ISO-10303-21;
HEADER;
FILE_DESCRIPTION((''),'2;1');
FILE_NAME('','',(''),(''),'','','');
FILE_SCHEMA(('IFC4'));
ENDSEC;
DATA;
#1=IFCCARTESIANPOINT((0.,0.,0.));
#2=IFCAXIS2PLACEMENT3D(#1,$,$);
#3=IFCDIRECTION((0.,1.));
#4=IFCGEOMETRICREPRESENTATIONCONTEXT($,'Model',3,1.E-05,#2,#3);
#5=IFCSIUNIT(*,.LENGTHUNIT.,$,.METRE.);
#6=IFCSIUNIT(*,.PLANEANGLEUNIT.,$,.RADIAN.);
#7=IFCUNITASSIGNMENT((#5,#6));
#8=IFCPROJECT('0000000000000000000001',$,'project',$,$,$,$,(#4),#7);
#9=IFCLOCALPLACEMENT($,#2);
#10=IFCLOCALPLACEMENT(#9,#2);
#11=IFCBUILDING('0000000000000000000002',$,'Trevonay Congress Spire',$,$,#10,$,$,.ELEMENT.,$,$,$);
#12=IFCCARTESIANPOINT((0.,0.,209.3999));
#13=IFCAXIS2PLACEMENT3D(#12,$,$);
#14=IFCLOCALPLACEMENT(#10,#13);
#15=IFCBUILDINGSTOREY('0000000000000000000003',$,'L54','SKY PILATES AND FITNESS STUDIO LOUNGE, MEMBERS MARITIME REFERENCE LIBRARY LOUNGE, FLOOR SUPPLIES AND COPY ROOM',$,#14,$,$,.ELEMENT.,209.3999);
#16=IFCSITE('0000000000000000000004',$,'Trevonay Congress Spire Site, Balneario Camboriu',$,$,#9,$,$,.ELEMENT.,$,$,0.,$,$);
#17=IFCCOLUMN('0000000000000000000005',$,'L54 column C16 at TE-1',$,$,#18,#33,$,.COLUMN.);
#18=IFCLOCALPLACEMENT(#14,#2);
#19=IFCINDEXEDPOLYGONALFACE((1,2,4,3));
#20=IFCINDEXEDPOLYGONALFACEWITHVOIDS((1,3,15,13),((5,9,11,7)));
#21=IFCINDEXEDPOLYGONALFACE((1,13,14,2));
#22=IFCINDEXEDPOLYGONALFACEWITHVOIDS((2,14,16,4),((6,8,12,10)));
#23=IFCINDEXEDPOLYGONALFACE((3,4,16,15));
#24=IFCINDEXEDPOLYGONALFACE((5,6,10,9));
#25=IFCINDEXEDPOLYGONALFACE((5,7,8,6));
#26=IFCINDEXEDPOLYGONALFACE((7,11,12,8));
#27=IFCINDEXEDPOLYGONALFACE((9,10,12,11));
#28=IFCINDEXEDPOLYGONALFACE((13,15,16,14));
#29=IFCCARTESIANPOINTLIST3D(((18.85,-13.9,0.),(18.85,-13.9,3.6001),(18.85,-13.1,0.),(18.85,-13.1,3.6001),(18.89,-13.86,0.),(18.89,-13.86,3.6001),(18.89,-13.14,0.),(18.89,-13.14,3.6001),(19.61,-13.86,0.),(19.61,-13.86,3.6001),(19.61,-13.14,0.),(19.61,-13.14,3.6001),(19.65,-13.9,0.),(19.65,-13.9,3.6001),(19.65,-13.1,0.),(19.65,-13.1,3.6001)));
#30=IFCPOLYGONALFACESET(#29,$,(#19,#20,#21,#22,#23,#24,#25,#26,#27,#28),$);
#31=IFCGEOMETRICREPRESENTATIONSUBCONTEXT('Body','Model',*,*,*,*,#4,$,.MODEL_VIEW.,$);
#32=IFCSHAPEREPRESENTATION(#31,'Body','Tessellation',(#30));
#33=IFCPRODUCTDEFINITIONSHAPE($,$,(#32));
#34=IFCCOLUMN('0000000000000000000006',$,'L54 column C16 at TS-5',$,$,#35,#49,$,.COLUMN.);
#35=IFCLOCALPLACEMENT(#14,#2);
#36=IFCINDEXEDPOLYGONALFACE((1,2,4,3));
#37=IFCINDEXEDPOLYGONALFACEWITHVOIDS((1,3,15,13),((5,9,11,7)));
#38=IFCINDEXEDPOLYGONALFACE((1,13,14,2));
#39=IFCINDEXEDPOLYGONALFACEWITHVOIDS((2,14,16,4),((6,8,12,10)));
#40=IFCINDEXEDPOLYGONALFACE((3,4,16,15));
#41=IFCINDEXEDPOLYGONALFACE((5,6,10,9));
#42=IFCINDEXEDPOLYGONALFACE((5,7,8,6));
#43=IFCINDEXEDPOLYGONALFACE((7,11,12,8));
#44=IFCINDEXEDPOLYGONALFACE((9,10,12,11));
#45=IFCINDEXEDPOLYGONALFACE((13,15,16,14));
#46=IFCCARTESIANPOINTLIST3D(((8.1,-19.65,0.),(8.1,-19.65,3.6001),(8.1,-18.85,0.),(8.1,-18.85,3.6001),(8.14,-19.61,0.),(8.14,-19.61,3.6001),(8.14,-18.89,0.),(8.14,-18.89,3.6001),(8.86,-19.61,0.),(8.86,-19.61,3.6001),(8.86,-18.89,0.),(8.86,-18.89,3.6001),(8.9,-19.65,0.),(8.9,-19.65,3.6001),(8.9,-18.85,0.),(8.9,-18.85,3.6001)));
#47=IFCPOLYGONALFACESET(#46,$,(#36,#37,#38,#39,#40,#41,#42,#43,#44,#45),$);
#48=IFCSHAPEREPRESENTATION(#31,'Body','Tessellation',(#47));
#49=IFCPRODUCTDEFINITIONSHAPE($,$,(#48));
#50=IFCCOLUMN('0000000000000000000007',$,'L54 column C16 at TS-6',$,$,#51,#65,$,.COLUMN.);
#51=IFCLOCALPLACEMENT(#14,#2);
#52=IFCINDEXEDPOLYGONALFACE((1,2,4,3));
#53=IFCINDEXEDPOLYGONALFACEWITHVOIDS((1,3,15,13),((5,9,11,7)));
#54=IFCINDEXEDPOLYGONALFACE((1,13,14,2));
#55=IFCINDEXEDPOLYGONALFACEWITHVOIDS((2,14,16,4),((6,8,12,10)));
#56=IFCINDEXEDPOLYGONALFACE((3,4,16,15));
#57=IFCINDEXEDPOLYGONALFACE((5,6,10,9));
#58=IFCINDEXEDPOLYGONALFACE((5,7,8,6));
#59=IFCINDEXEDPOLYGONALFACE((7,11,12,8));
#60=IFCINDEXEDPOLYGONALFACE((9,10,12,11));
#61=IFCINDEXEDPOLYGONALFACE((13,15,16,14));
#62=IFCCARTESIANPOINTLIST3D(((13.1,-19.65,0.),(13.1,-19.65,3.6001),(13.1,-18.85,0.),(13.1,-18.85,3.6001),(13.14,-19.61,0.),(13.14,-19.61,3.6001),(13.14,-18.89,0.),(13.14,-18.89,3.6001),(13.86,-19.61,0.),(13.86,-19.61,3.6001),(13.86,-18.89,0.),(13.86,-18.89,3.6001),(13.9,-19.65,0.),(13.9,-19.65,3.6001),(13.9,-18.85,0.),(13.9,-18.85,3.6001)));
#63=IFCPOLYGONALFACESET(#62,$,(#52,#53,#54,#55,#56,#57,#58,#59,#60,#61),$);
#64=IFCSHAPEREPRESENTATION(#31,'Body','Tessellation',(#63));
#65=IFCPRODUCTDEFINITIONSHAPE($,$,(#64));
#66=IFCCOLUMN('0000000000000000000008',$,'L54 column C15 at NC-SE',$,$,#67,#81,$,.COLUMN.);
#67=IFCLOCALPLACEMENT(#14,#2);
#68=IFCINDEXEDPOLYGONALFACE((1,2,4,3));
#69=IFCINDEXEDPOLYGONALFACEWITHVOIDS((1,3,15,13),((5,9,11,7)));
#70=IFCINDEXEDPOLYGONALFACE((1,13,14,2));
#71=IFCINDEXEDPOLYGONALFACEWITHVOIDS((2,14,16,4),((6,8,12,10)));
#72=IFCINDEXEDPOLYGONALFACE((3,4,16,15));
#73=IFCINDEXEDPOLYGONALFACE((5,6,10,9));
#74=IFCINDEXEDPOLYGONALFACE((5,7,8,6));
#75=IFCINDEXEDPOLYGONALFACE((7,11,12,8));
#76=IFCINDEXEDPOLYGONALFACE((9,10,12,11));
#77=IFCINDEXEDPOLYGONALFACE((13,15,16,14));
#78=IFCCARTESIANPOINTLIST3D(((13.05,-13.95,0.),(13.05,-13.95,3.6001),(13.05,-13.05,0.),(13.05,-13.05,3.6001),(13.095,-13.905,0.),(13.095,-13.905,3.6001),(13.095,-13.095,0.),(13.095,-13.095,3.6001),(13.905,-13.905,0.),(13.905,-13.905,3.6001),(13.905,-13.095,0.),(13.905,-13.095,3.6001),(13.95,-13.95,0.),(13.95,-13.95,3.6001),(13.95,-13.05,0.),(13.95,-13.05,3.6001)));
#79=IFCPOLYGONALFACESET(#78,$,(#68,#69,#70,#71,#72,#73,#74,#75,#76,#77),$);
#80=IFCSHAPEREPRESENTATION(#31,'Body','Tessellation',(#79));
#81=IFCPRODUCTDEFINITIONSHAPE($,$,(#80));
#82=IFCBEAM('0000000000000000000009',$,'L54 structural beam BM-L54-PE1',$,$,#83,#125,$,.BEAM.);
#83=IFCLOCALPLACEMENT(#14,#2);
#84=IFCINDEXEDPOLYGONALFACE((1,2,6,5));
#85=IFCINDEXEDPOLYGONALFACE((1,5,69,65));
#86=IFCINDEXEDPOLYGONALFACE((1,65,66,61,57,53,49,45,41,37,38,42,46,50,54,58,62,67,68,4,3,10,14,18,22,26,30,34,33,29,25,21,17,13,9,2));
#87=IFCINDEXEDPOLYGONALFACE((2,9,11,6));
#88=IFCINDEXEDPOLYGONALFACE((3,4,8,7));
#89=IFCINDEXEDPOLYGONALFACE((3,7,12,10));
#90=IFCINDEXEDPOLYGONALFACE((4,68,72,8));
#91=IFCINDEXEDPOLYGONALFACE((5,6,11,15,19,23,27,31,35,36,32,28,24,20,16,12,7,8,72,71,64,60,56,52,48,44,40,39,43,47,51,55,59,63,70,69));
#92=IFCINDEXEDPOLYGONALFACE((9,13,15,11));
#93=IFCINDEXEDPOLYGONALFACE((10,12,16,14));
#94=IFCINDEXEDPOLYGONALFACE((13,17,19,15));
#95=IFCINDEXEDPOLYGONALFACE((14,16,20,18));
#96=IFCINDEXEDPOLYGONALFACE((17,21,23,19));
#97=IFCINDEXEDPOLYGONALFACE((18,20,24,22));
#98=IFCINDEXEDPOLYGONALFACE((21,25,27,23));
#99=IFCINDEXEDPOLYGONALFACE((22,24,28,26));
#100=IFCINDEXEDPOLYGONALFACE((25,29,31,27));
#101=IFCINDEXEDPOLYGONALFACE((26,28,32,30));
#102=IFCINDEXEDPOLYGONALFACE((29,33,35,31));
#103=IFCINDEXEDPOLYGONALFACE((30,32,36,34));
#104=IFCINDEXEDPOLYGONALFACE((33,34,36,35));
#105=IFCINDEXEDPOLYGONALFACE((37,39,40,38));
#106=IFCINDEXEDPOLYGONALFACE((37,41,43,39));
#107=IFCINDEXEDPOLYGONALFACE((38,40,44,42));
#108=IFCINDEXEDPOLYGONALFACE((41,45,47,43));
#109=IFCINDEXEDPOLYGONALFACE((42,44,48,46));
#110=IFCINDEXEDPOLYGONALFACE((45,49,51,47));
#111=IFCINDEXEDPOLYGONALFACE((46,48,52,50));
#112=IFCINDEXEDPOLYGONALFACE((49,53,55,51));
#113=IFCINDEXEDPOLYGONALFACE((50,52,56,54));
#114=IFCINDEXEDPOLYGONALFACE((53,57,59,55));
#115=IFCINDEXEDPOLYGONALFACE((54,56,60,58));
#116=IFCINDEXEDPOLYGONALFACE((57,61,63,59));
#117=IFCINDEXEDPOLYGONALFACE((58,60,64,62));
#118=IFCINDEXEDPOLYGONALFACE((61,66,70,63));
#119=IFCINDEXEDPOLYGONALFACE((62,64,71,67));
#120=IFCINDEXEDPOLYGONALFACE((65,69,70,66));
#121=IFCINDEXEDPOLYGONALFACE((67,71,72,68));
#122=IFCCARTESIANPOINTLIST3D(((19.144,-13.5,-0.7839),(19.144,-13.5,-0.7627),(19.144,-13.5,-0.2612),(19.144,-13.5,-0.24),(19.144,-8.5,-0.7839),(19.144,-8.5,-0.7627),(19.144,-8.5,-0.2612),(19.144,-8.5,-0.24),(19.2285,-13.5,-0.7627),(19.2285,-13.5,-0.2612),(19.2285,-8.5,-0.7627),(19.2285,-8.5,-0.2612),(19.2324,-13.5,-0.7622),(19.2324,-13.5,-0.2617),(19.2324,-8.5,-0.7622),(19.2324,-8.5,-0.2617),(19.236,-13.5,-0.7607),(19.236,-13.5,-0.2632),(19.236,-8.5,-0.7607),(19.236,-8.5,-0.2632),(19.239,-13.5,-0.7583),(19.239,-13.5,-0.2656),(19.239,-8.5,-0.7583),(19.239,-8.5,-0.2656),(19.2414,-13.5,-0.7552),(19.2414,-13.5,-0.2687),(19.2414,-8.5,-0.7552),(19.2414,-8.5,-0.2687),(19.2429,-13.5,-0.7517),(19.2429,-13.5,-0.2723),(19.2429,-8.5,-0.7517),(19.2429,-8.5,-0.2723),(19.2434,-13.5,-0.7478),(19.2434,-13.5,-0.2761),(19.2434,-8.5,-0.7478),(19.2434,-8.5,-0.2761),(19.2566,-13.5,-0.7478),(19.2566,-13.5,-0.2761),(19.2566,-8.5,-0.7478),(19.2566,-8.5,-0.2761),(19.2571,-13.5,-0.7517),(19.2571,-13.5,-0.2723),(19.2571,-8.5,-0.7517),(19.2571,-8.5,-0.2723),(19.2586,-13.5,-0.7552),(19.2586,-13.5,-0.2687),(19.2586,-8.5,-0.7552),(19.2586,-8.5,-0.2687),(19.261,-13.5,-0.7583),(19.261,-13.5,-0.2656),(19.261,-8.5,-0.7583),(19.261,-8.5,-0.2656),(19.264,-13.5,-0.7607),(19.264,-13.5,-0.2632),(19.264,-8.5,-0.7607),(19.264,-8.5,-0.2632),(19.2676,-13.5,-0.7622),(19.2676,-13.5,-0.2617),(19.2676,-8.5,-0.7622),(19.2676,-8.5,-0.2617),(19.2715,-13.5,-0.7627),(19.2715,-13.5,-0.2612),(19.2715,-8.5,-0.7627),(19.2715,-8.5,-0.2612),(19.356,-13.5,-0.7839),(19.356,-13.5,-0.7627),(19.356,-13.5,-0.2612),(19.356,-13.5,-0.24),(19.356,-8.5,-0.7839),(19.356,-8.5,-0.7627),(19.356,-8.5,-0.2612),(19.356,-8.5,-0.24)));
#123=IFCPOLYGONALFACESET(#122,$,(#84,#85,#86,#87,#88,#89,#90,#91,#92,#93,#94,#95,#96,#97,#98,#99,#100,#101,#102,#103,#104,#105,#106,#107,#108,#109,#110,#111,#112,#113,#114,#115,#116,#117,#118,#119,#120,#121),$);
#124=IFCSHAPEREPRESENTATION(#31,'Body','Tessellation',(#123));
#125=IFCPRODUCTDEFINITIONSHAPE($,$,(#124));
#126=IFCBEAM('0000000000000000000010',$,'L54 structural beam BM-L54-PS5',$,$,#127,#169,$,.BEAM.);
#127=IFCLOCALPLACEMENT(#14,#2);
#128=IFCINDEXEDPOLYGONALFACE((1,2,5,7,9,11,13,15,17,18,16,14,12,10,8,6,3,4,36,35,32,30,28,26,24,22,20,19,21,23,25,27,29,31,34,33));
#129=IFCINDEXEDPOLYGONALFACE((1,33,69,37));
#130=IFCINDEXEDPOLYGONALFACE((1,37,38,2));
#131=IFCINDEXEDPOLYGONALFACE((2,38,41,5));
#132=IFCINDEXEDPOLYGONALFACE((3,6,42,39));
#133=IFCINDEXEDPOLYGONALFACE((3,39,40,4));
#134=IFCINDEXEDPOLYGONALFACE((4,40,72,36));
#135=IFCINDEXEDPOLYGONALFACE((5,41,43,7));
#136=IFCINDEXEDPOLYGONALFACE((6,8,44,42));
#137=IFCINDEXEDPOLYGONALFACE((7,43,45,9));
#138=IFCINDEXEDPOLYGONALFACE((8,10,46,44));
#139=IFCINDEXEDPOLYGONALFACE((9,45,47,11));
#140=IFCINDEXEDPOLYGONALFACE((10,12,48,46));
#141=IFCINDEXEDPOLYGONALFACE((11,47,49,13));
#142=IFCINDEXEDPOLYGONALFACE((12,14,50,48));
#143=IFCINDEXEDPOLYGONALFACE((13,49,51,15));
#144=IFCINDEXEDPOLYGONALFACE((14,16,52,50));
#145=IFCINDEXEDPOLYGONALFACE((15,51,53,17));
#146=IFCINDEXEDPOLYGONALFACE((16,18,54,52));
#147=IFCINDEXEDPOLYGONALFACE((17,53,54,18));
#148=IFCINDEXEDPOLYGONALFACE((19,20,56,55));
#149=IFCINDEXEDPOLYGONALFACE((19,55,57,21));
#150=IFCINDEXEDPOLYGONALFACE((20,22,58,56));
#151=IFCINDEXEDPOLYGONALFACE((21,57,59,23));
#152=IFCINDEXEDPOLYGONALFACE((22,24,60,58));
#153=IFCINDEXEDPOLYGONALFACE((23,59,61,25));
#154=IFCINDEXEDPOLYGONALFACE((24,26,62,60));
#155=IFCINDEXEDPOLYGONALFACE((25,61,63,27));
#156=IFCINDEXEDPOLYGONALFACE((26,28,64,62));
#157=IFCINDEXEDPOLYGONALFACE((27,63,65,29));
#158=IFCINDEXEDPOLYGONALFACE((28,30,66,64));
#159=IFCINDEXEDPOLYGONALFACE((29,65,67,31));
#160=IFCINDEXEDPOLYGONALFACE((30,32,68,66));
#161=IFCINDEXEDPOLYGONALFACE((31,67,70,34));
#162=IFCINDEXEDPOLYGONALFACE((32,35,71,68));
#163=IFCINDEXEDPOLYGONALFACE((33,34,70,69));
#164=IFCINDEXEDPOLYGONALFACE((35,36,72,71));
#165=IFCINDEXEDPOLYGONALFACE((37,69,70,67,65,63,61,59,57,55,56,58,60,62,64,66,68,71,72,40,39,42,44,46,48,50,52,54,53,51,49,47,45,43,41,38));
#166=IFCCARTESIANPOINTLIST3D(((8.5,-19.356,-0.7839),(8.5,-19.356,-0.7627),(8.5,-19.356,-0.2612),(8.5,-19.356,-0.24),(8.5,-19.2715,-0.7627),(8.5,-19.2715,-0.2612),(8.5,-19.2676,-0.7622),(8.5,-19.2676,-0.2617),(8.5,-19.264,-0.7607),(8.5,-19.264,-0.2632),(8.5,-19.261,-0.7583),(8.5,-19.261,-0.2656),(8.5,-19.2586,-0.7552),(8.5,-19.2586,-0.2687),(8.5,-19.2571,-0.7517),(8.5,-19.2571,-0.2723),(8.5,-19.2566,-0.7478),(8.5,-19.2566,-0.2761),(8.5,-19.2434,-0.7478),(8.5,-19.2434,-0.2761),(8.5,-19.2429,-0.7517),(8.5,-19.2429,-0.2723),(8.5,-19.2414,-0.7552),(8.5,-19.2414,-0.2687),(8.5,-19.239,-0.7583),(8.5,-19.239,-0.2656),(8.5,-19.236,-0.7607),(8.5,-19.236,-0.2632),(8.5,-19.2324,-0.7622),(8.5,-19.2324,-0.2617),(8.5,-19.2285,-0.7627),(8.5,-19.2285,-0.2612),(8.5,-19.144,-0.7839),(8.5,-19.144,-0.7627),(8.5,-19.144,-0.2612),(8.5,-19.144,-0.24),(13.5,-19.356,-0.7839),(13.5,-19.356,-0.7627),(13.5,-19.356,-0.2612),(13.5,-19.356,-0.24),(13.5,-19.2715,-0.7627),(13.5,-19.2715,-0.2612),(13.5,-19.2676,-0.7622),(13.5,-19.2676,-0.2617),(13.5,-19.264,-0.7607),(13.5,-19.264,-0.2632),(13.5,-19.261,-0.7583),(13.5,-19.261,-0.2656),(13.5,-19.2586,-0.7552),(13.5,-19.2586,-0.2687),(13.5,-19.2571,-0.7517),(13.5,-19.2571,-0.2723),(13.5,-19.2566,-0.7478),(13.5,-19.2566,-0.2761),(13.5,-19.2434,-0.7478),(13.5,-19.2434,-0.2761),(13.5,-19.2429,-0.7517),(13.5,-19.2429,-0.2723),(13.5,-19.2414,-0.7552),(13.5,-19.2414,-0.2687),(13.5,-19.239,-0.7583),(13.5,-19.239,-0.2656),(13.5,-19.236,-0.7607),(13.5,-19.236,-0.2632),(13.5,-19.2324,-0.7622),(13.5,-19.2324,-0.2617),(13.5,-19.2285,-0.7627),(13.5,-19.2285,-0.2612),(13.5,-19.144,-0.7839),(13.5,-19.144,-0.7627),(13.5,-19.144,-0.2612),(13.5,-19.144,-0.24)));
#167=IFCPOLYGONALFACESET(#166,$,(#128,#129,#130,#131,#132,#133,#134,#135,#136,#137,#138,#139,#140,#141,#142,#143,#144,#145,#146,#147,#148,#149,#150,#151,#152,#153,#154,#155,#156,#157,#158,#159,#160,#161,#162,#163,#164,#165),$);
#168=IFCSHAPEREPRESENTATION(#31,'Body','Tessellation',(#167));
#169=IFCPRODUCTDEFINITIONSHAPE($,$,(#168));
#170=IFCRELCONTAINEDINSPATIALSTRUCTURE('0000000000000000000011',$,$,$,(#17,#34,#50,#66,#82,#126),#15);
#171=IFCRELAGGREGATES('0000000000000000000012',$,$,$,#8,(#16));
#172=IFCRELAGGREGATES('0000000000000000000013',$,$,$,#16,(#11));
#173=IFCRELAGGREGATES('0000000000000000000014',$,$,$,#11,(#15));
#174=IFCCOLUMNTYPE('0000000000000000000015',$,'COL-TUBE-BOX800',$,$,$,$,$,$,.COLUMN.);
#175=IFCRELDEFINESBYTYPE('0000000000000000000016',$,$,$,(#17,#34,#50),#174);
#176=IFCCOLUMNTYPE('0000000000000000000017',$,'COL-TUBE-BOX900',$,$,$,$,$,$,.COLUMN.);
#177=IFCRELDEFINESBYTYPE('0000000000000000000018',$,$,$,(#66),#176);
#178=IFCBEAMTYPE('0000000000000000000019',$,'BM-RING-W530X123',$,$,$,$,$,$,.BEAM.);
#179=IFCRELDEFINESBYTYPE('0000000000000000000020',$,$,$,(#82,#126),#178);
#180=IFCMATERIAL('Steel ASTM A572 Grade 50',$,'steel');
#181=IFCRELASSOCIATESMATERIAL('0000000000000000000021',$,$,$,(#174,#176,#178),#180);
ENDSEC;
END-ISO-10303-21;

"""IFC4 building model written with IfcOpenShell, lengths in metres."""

from ifc_helpers import new_model, si_unit, direction, frame, origin, origin_2d, place, context, subcontext, project, spatial, hollow_rectangle, i_section, extrude, material, material_profile, profile_set, type_object, element, save


model = new_model("IFC4")

# Units and contexts
model_context = context("Model", 3, precision=1e-05, world=origin(), true_north=direction((0.0, 1.0)))
body_context = subcontext(model_context, "Body", "Model", "MODEL_VIEW")
ifc_project = project(units=[si_unit("LENGTHUNIT", "METRE"), si_unit("PLANEANGLEUNIT", "RADIAN")], contexts=[model_context])

# Site, building, storey
site_placement = place(None, origin())
site = spatial("IfcSite", under=ifc_project, at=site_placement, Name="Trevonay Congress Spire Site, Balneario Camboriu", CompositionType="ELEMENT", RefElevation=0.0)
building_placement = place(site_placement, origin())
building = spatial("IfcBuilding", under=site, at=building_placement, Name="Trevonay Congress Spire", CompositionType="ELEMENT")
storey_placement = place(building_placement, frame((0.0, 0.0, 209.3999)))
storey = spatial("IfcBuildingStorey", under=building, at=storey_placement, Name="L54", Description="SKY PILATES AND FITNESS STUDIO LOUNGE, MEMBERS MARITIME REFERENCE LIBRARY LOUNGE, FLOOR SUPPLIES AND COPY ROOM", CompositionType="ELEMENT", Elevation=209.3999)

# Columns
ifc_material_1 = material(Name="Steel ASTM A572 Grade 50", Category="steel")
ifc_material_profile_1 = material_profile(ifc_material_1, hollow_rectangle(XDim=0.8, YDim=0.8, WallThickness=0.04, at=origin_2d()), Name="BOX 800x800x40")
ifc_profile_set_1 = profile_set([ifc_material_profile_1], Name="Steel ASTM A572 Grade 50")
column_type_1 = type_object("IfcColumnType", Name="COL-TUBE-BOX800", PredefinedType="COLUMN", material=ifc_profile_set_1)
for number, where, z_axis, x_axis, name in (
    (1, (19.25, -13.5, 0.0), (0.0, 0.0, 1.0), (1.0, 0.0, 0.0), "L54 column C16 at TE-1"),
    (2, (8.5, -19.25, 0.0), (0.0, 0.0, 1.0), (1.0, 0.0, 0.0), "L54 column C16 at TS-5"),
    (3, (13.5, -19.25, 0.0), (0.0, 0.0, 1.0), (1.0, 0.0, 0.0), "L54 column C16 at TS-6"),
):
    element("IfcColumn", number, at=place(storey_placement, frame(where, z_axis=z_axis, x_axis=x_axis)), inside=storey, type_object=column_type_1, Name=name, PredefinedType="COLUMN", context=body_context, shape_type="SweptSolid", body=[
        extrude(hollow_rectangle(XDim=0.8, YDim=0.8, WallThickness=0.04, at=origin_2d()), origin(), (0.0, 0.0, 1.0), 3.6001),
    ])
ifc_material_profile_2 = material_profile(ifc_material_1, hollow_rectangle(XDim=0.8999, YDim=0.8999, WallThickness=0.0449, at=origin_2d()), Name="BOX 900x900x45")
ifc_profile_set_2 = profile_set([ifc_material_profile_2], Name="Steel ASTM A572 Grade 50")
column_type_2 = type_object("IfcColumnType", Name="COL-TUBE-BOX900", PredefinedType="COLUMN", material=ifc_profile_set_2)
column_placement = place(storey_placement, frame((13.5, -13.5, 0.0), z_axis=(0.0, 0.0, 1.0), x_axis=(1.0, 0.0, 0.0)))
element("IfcColumn", 4, at=column_placement, inside=storey, type_object=column_type_2, Name="L54 column C15 at NC-SE", PredefinedType="COLUMN", context=body_context, shape_type="SweptSolid", body=[
    extrude(hollow_rectangle(XDim=0.8999, YDim=0.8999, WallThickness=0.0449, at=origin_2d()), origin(), (0.0, 0.0, 1.0), 3.6001),
])

# Beams
ifc_material_profile_3 = material_profile(ifc_material_1, i_section(OverallWidth=0.2119, OverallDepth=0.5439, WebThickness=0.0132, FlangeThickness=0.0212, FilletRadius=0.0149, at=origin_2d()), Name="W530x123")
ifc_profile_set_3 = profile_set([ifc_material_profile_3], Name="Steel ASTM A572 Grade 50")
beam_type = type_object("IfcBeamType", Name="BM-RING-W530X123", PredefinedType="BEAM", material=ifc_profile_set_3)
for number, where, z_axis, x_axis, name in (
    (5, (19.25, -13.5, -0.512), (0.0, 1.0, 0.0), (-1.0, 0.0, 0.0), "L54 structural beam BM-L54-PE1"),
    (6, (8.5, -19.25, -0.512), (1.0, 0.0, 0.0), (0.0, 1.0, 0.0), "L54 structural beam BM-L54-PS5"),
):
    element("IfcBeam", number, at=place(storey_placement, frame(where, z_axis=z_axis, x_axis=x_axis)), inside=storey, type_object=beam_type, Name=name, PredefinedType="BEAM", context=body_context, shape_type="SweptSolid", body=[
        extrude(i_section(OverallWidth=0.2119, OverallDepth=0.5439, WebThickness=0.0132, FlangeThickness=0.0212, FilletRadius=0.0149, at=origin_2d()), origin(), (0.0, 0.0, 1.0), 5.0),
    ])

save(model, "model.ifc")
